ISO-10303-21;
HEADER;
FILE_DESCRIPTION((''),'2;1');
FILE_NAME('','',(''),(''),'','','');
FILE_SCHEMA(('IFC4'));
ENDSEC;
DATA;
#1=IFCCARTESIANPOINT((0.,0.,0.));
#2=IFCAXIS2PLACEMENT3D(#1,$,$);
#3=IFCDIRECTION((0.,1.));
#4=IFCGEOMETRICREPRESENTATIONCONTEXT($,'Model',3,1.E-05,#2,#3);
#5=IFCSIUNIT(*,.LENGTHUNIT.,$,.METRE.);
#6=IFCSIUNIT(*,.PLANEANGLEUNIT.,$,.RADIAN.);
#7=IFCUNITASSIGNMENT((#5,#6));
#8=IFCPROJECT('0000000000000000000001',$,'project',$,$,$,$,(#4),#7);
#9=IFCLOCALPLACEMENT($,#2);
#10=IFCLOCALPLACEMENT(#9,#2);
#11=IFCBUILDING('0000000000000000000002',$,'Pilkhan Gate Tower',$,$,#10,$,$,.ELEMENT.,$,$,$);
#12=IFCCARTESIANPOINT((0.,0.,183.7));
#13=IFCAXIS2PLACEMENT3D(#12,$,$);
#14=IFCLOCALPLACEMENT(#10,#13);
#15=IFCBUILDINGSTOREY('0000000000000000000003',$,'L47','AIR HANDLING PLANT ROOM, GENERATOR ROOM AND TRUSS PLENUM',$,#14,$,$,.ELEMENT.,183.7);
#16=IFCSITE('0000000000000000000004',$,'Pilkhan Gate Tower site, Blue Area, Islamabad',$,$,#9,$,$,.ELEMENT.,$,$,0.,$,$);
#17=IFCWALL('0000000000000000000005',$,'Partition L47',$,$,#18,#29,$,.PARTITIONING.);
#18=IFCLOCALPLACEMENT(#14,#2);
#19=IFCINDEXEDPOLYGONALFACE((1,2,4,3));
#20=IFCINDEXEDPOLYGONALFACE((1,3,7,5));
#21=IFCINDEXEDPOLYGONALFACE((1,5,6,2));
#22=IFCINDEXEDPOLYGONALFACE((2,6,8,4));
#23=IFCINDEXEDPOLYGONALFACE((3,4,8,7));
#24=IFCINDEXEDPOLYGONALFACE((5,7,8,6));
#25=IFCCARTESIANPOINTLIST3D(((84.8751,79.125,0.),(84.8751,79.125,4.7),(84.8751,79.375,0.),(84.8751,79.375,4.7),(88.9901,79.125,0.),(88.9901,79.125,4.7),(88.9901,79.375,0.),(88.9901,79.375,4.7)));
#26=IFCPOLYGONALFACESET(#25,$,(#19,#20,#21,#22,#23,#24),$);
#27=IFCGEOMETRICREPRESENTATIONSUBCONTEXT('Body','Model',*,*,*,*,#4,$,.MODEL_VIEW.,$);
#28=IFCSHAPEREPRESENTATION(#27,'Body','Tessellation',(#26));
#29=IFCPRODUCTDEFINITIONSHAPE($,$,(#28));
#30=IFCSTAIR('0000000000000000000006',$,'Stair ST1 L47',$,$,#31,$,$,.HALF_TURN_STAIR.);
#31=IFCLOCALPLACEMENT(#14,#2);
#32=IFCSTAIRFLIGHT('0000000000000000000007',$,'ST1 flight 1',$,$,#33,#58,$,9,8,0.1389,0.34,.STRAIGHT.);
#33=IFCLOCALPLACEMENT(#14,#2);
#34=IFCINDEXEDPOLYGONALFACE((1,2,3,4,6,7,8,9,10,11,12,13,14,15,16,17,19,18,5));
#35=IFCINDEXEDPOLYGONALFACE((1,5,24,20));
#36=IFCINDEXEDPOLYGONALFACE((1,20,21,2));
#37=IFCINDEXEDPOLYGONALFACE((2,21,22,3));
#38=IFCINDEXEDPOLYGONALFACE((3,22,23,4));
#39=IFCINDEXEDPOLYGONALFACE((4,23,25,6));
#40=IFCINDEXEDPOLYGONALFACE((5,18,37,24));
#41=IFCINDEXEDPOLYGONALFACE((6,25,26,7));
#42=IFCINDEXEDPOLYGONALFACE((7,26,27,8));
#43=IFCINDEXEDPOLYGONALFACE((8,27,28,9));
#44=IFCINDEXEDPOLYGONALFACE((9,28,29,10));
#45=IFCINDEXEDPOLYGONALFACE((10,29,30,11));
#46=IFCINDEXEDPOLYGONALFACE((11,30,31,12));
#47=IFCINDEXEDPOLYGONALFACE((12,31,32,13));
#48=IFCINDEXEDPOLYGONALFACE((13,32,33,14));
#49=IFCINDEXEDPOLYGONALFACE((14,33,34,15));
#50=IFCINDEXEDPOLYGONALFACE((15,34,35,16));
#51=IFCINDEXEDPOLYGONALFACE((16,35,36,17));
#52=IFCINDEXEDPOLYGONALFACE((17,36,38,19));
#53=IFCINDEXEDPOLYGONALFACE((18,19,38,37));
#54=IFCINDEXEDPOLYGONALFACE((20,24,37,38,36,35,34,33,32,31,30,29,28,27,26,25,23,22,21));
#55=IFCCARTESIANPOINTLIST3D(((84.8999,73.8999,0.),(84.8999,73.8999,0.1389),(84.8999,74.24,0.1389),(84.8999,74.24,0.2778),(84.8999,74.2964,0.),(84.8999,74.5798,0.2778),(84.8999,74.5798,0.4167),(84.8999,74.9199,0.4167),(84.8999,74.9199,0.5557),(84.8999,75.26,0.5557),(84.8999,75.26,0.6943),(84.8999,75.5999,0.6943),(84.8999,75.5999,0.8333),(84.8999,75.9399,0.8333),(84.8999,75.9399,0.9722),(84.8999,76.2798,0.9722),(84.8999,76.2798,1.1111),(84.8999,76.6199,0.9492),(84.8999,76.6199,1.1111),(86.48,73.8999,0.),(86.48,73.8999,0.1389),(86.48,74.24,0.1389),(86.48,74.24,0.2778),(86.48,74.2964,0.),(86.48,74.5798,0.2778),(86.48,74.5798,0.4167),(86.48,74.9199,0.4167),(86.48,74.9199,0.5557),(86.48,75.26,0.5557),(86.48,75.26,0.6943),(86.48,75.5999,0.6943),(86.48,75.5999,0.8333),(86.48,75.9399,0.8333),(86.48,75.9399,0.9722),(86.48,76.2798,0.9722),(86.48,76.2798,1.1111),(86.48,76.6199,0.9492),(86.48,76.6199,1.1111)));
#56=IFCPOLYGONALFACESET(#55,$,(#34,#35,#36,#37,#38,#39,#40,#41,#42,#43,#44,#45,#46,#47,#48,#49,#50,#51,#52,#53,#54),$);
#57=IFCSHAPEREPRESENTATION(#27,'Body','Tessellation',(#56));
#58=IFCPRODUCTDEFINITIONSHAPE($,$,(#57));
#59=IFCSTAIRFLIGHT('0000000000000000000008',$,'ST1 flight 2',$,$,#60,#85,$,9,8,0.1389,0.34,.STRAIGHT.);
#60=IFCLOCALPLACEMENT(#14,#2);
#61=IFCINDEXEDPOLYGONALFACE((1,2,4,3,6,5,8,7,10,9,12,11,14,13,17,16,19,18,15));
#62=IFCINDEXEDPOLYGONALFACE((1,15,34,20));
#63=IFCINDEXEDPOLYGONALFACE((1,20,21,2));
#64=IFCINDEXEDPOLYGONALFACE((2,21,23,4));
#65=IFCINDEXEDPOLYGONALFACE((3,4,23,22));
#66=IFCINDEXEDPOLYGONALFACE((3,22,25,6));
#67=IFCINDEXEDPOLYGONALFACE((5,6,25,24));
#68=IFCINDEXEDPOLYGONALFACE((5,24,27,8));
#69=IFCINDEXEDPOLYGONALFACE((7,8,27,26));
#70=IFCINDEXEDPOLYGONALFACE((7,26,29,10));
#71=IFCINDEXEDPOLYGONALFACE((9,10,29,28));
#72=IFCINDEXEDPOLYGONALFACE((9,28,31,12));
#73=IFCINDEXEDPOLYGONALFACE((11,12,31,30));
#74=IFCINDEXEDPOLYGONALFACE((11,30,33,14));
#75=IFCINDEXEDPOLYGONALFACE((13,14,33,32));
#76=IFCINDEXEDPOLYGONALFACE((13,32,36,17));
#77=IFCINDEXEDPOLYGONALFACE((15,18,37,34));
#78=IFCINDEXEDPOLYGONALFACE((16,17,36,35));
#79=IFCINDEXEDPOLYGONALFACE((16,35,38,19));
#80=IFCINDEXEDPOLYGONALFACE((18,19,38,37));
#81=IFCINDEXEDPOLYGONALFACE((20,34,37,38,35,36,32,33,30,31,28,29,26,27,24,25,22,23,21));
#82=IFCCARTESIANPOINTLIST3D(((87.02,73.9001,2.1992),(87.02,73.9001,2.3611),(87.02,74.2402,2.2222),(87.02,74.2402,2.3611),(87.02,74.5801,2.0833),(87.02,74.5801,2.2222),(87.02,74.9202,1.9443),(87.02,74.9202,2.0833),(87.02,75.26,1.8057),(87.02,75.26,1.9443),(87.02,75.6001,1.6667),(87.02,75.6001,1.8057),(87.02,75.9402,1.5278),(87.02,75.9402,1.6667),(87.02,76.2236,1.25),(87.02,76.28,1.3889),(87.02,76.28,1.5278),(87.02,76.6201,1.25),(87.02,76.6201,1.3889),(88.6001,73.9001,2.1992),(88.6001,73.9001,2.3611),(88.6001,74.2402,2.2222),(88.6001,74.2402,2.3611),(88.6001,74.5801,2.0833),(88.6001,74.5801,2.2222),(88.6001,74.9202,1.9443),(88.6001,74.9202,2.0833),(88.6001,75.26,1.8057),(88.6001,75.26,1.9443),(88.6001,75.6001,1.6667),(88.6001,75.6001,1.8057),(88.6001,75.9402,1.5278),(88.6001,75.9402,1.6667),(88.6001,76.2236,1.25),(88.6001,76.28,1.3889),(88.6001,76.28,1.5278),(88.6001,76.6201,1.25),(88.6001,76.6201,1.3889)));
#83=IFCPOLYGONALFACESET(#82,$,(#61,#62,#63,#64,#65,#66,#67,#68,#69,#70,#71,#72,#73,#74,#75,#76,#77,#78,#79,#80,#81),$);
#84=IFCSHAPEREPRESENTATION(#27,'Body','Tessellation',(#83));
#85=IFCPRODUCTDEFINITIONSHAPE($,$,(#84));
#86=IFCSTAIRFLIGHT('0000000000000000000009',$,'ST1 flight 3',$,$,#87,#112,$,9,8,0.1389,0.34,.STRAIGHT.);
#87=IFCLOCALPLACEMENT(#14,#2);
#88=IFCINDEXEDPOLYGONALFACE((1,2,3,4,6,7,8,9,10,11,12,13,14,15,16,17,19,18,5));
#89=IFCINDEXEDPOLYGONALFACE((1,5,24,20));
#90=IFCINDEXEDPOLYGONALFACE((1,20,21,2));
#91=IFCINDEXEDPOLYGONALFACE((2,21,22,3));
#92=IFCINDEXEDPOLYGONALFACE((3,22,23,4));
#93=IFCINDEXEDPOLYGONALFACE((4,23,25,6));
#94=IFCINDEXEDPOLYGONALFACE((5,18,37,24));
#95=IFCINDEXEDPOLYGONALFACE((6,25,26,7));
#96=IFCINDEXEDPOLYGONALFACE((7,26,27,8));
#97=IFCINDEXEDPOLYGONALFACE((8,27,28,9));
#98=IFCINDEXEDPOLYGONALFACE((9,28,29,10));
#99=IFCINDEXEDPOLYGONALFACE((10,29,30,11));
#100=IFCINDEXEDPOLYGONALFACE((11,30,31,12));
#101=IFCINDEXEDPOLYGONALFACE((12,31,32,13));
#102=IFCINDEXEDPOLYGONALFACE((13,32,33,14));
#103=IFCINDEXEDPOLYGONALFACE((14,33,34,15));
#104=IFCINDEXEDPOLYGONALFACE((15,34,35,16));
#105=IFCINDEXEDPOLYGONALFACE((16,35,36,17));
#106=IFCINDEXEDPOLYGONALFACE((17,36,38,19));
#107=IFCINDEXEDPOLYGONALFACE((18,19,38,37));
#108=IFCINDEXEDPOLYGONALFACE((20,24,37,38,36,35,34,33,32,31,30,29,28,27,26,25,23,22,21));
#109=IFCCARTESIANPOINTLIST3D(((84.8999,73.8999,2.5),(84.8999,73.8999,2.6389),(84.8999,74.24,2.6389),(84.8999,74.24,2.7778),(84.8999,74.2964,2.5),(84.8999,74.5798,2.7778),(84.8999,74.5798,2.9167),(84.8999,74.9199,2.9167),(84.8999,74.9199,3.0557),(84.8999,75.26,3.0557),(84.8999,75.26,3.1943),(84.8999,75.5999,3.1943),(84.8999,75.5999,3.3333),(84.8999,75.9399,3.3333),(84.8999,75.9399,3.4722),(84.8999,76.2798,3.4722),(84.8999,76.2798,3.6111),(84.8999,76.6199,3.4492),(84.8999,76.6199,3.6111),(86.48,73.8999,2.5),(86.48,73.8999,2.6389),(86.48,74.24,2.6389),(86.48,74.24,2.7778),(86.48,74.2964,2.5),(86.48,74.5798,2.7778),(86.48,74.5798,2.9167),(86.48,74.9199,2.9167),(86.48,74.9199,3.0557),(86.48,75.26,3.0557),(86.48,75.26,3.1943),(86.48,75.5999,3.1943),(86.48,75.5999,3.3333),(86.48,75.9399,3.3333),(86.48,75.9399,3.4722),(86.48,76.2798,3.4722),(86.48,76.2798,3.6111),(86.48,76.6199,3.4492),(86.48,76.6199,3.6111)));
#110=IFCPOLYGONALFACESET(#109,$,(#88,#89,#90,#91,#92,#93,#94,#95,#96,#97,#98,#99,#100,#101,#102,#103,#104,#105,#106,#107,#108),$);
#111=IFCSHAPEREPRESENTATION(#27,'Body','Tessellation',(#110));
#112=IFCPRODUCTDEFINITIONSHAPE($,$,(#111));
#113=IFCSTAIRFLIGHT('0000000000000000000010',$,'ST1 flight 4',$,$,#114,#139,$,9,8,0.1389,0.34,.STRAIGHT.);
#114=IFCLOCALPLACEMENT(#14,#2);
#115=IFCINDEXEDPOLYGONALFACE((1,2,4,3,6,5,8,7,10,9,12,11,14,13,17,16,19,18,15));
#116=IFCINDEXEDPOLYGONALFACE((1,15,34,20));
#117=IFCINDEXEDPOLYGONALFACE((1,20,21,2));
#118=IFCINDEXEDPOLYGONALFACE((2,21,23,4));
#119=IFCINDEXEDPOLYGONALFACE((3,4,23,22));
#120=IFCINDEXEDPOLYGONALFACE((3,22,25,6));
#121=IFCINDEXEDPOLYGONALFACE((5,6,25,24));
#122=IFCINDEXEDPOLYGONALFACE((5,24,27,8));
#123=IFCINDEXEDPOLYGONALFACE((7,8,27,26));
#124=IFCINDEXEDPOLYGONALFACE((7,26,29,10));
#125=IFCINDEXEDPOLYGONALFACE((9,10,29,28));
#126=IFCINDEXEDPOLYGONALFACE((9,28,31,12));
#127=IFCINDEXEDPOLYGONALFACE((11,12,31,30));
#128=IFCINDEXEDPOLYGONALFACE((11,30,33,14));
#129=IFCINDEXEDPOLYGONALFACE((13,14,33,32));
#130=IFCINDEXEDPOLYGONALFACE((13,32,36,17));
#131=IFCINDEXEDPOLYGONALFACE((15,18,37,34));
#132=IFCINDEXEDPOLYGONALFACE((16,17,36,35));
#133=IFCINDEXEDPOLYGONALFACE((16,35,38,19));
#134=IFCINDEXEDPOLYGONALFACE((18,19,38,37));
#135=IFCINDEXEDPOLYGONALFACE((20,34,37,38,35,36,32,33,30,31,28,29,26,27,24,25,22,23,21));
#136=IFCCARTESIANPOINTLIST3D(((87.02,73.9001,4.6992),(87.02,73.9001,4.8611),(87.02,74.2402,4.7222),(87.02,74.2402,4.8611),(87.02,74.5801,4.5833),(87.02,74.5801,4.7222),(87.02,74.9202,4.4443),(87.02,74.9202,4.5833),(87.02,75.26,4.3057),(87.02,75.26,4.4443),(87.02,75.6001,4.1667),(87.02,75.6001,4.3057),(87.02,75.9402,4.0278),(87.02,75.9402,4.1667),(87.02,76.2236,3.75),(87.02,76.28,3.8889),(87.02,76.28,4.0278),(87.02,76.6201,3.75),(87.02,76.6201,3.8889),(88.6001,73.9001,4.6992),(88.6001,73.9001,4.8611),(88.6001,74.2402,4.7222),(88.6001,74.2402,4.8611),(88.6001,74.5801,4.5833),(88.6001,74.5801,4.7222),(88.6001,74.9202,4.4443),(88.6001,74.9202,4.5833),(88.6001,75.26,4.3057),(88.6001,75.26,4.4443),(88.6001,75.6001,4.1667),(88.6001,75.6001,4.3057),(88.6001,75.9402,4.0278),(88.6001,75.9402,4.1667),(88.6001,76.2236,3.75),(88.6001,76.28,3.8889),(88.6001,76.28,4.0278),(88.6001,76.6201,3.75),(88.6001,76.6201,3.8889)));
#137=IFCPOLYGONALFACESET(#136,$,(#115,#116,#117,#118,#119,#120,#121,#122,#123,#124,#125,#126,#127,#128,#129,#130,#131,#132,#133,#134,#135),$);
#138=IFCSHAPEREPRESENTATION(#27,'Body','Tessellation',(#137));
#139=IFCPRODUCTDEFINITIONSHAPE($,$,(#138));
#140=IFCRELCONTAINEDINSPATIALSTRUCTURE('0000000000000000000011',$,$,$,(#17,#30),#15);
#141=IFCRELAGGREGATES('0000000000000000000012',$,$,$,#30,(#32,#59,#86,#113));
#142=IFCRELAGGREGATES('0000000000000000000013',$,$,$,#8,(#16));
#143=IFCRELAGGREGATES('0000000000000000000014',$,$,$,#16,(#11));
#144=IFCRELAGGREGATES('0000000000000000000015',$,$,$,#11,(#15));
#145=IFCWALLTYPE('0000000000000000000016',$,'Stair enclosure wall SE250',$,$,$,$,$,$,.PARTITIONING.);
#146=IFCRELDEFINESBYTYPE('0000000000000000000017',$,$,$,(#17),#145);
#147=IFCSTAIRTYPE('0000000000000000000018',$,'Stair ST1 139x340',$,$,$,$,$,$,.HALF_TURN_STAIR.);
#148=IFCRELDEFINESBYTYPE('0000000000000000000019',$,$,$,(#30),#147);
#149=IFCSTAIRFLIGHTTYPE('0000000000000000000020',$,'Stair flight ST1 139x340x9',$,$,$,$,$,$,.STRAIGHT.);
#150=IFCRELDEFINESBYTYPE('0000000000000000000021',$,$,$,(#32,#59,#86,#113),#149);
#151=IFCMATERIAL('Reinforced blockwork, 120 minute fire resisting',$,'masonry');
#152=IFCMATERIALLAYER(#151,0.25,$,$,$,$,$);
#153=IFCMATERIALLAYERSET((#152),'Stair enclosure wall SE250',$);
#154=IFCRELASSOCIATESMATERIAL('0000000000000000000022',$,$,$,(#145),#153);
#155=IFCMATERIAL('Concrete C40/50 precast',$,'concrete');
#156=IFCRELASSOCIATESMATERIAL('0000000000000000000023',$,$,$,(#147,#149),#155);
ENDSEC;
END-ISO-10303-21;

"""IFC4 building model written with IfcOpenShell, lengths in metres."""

from ifc_helpers import new_model, si_unit, direction, frame, frame_2d, origin, place, context, subcontext, project, spatial, polyline, rectangle, outline, extrude, material, layer, layer_set, type_object, element, aggregate, save


model = new_model("IFC4")

# Units and contexts
model_context = context("Model", 3, precision=1e-05, world=origin(), true_north=direction((0.0, 1.0)))
body_context = subcontext(model_context, "Body", "Model", "MODEL_VIEW")
ifc_project = project(units=[si_unit("LENGTHUNIT", "METRE"), si_unit("PLANEANGLEUNIT", "RADIAN")], contexts=[model_context])

# Site, building, storey
site_placement = place(None, origin())
site = spatial("IfcSite", under=ifc_project, at=site_placement, Name="Pilkhan Gate Tower site, Blue Area, Islamabad", CompositionType="ELEMENT", RefElevation=0.0)
building_placement = place(site_placement, origin())
building = spatial("IfcBuilding", under=site, at=building_placement, Name="Pilkhan Gate Tower", CompositionType="ELEMENT")
storey_placement = place(building_placement, frame((0.0, 0.0, 183.7)))
storey = spatial("IfcBuildingStorey", under=building, at=storey_placement, Name="L47", Description="AIR HANDLING PLANT ROOM, GENERATOR ROOM AND TRUSS PLENUM", CompositionType="ELEMENT", Elevation=183.7)

# Wall
ifc_material_1 = material(Name="Reinforced blockwork, 120 minute fire resisting", Category="masonry")
ifc_layer_1 = layer(ifc_material_1, 0.25)
ifc_layer_set_1 = layer_set([ifc_layer_1], Name="Stair enclosure wall SE250")
wall_type_1 = type_object("IfcWallType", Name="Stair enclosure wall SE250", PredefinedType="PARTITIONING", material=ifc_layer_set_1)
wall_1_placement = place(storey_placement, frame((84.875, 79.25, 0.0), z_axis=(0.0, 0.0, 1.0), x_axis=(1.0, 0.0, 0.0)))
element("IfcWall", 1, at=wall_1_placement, inside=storey, type_object=wall_type_1, Name="Partition L47", PredefinedType="PARTITIONING", context=body_context, shape_type="SweptSolid", body=[
    extrude(rectangle(XDim=4.115, YDim=0.25, at=frame_2d((2.0576, 0.0))), origin(), (0.0, 0.0, 1.0), 4.7),
])

# Stair, stair flights
ifc_material_2 = material(Name="Concrete C40/50 precast", Category="concrete")
stair_type = type_object("IfcStairType", Name="Stair ST1 139x340", PredefinedType="HALF_TURN_STAIR", material=ifc_material_2)
stair_placement = place(storey_placement, origin())
stair = element("IfcStair", 2, at=stair_placement, inside=storey, type_object=stair_type, Name="Stair ST1 L47", PredefinedType="HALF_TURN_STAIR")
stair_flight_type = type_object("IfcStairFlightType", Name="Stair flight ST1 139x340x9", PredefinedType="STRAIGHT", material=ifc_material_2)
stair_flight_1_placement = place(storey_placement, frame((85.6899, 73.8999, 0.0), z_axis=(0.0, 0.0, 1.0), x_axis=(0.0, 1.0, 0.0)))
stair_flight_1 = element("IfcStairFlight", 3, at=stair_flight_1_placement, type_object=stair_flight_type, Name="ST1 flight 1", NumberOfRisers=9, NumberOfTreads=8, PredefinedType="STRAIGHT", RiserHeight=0.1389, TreadLength=0.34, context=body_context, shape_type="SweptSolid", body=[
    extrude(outline(polyline([(0.0, 0.0), (0.0, 0.1389), (0.3401, 0.1389), (0.3401, 0.2778), (0.6799, 0.2778), (0.6799, 0.4167), (1.02, 0.4167), (1.02, 0.5557), (1.3601, 0.5557), (1.3601, 0.6943), (1.7, 0.6943), (1.7, 0.8333), (2.04, 0.8333), (2.04, 0.9722), (2.3799, 0.9722), (2.3799, 1.1111), (2.72, 1.1111), (2.72, 1.25), (2.72, 0.9492), (0.3965, 0.0), (0.0, 0.0)])), frame((0.0, 0.79, 0.0), z_axis=(0.0, -1.0, 0.0), x_axis=(1.0, 0.0, 0.0)), (0.0, 0.0, 1.0), 1.5801),
])
stair_flight_2_placement = place(storey_placement, frame((87.8101, 76.6201, 1.25), z_axis=(0.0, 0.0, 1.0), x_axis=(0.0, -1.0, 0.0)))
stair_flight_2 = element("IfcStairFlight", 4, at=stair_flight_2_placement, type_object=stair_flight_type, Name="ST1 flight 2", NumberOfRisers=9, NumberOfTreads=8, PredefinedType="STRAIGHT", RiserHeight=0.1389, TreadLength=0.34, context=body_context, shape_type="SweptSolid", body=[
    extrude(outline(polyline([(0.0, 0.0), (0.0, 0.1389), (0.3401, 0.1389), (0.3401, 0.2778), (0.6799, 0.2778), (0.6799, 0.4167), (1.02, 0.4167), (1.02, 0.5557), (1.3601, 0.5557), (1.3601, 0.6943), (1.7, 0.6943), (1.7, 0.8333), (2.04, 0.8333), (2.04, 0.9722), (2.3799, 0.9722), (2.3799, 1.1111), (2.72, 1.1111), (2.72, 1.25), (2.72, 0.9492), (0.3965, 0.0), (0.0, 0.0)])), frame((0.0, 0.79, 0.0), z_axis=(0.0, -1.0, 0.0), x_axis=(1.0, 0.0, 0.0)), (0.0, 0.0, 1.0), 1.5801),
])
stair_flight_3_placement = place(storey_placement, frame((85.6899, 73.8999, 2.5), z_axis=(0.0, 0.0, 1.0), x_axis=(0.0, 1.0, 0.0)))
stair_flight_3 = element("IfcStairFlight", 5, at=stair_flight_3_placement, type_object=stair_flight_type, Name="ST1 flight 3", NumberOfRisers=9, NumberOfTreads=8, PredefinedType="STRAIGHT", RiserHeight=0.1389, TreadLength=0.34, context=body_context, shape_type="SweptSolid", body=[
    extrude(outline(polyline([(0.0, 0.0), (0.0, 0.1389), (0.3401, 0.1389), (0.3401, 0.2778), (0.6799, 0.2778), (0.6799, 0.4167), (1.02, 0.4167), (1.02, 0.5557), (1.3601, 0.5557), (1.3601, 0.6943), (1.7, 0.6943), (1.7, 0.8333), (2.04, 0.8333), (2.04, 0.9722), (2.3799, 0.9722), (2.3799, 1.1111), (2.72, 1.1111), (2.72, 1.25), (2.72, 0.9492), (0.3965, 0.0), (0.0, 0.0)])), frame((0.0, 0.79, 0.0), z_axis=(0.0, -1.0, 0.0), x_axis=(1.0, 0.0, 0.0)), (0.0, 0.0, 1.0), 1.5801),
])
stair_flight_4_placement = place(storey_placement, frame((87.8101, 76.6201, 3.75), z_axis=(0.0, 0.0, 1.0), x_axis=(0.0, -1.0, 0.0)))
stair_flight_4 = element("IfcStairFlight", 6, at=stair_flight_4_placement, type_object=stair_flight_type, Name="ST1 flight 4", NumberOfRisers=9, NumberOfTreads=8, PredefinedType="STRAIGHT", RiserHeight=0.1389, TreadLength=0.34, context=body_context, shape_type="SweptSolid", body=[
    extrude(outline(polyline([(0.0, 0.0), (0.0, 0.1389), (0.3401, 0.1389), (0.3401, 0.2778), (0.6799, 0.2778), (0.6799, 0.4167), (1.02, 0.4167), (1.02, 0.5557), (1.3601, 0.5557), (1.3601, 0.6943), (1.7, 0.6943), (1.7, 0.8333), (2.04, 0.8333), (2.04, 0.9722), (2.3799, 0.9722), (2.3799, 1.1111), (2.72, 1.1111), (2.72, 1.25), (2.72, 0.9492), (0.3965, 0.0), (0.0, 0.0)])), frame((0.0, 0.79, 0.0), z_axis=(0.0, -1.0, 0.0), x_axis=(1.0, 0.0, 0.0)), (0.0, 0.0, 1.0), 1.5801),
])
aggregate(stair, [stair_flight_1, stair_flight_2, stair_flight_3, stair_flight_4])

save(model, "model.ifc")
